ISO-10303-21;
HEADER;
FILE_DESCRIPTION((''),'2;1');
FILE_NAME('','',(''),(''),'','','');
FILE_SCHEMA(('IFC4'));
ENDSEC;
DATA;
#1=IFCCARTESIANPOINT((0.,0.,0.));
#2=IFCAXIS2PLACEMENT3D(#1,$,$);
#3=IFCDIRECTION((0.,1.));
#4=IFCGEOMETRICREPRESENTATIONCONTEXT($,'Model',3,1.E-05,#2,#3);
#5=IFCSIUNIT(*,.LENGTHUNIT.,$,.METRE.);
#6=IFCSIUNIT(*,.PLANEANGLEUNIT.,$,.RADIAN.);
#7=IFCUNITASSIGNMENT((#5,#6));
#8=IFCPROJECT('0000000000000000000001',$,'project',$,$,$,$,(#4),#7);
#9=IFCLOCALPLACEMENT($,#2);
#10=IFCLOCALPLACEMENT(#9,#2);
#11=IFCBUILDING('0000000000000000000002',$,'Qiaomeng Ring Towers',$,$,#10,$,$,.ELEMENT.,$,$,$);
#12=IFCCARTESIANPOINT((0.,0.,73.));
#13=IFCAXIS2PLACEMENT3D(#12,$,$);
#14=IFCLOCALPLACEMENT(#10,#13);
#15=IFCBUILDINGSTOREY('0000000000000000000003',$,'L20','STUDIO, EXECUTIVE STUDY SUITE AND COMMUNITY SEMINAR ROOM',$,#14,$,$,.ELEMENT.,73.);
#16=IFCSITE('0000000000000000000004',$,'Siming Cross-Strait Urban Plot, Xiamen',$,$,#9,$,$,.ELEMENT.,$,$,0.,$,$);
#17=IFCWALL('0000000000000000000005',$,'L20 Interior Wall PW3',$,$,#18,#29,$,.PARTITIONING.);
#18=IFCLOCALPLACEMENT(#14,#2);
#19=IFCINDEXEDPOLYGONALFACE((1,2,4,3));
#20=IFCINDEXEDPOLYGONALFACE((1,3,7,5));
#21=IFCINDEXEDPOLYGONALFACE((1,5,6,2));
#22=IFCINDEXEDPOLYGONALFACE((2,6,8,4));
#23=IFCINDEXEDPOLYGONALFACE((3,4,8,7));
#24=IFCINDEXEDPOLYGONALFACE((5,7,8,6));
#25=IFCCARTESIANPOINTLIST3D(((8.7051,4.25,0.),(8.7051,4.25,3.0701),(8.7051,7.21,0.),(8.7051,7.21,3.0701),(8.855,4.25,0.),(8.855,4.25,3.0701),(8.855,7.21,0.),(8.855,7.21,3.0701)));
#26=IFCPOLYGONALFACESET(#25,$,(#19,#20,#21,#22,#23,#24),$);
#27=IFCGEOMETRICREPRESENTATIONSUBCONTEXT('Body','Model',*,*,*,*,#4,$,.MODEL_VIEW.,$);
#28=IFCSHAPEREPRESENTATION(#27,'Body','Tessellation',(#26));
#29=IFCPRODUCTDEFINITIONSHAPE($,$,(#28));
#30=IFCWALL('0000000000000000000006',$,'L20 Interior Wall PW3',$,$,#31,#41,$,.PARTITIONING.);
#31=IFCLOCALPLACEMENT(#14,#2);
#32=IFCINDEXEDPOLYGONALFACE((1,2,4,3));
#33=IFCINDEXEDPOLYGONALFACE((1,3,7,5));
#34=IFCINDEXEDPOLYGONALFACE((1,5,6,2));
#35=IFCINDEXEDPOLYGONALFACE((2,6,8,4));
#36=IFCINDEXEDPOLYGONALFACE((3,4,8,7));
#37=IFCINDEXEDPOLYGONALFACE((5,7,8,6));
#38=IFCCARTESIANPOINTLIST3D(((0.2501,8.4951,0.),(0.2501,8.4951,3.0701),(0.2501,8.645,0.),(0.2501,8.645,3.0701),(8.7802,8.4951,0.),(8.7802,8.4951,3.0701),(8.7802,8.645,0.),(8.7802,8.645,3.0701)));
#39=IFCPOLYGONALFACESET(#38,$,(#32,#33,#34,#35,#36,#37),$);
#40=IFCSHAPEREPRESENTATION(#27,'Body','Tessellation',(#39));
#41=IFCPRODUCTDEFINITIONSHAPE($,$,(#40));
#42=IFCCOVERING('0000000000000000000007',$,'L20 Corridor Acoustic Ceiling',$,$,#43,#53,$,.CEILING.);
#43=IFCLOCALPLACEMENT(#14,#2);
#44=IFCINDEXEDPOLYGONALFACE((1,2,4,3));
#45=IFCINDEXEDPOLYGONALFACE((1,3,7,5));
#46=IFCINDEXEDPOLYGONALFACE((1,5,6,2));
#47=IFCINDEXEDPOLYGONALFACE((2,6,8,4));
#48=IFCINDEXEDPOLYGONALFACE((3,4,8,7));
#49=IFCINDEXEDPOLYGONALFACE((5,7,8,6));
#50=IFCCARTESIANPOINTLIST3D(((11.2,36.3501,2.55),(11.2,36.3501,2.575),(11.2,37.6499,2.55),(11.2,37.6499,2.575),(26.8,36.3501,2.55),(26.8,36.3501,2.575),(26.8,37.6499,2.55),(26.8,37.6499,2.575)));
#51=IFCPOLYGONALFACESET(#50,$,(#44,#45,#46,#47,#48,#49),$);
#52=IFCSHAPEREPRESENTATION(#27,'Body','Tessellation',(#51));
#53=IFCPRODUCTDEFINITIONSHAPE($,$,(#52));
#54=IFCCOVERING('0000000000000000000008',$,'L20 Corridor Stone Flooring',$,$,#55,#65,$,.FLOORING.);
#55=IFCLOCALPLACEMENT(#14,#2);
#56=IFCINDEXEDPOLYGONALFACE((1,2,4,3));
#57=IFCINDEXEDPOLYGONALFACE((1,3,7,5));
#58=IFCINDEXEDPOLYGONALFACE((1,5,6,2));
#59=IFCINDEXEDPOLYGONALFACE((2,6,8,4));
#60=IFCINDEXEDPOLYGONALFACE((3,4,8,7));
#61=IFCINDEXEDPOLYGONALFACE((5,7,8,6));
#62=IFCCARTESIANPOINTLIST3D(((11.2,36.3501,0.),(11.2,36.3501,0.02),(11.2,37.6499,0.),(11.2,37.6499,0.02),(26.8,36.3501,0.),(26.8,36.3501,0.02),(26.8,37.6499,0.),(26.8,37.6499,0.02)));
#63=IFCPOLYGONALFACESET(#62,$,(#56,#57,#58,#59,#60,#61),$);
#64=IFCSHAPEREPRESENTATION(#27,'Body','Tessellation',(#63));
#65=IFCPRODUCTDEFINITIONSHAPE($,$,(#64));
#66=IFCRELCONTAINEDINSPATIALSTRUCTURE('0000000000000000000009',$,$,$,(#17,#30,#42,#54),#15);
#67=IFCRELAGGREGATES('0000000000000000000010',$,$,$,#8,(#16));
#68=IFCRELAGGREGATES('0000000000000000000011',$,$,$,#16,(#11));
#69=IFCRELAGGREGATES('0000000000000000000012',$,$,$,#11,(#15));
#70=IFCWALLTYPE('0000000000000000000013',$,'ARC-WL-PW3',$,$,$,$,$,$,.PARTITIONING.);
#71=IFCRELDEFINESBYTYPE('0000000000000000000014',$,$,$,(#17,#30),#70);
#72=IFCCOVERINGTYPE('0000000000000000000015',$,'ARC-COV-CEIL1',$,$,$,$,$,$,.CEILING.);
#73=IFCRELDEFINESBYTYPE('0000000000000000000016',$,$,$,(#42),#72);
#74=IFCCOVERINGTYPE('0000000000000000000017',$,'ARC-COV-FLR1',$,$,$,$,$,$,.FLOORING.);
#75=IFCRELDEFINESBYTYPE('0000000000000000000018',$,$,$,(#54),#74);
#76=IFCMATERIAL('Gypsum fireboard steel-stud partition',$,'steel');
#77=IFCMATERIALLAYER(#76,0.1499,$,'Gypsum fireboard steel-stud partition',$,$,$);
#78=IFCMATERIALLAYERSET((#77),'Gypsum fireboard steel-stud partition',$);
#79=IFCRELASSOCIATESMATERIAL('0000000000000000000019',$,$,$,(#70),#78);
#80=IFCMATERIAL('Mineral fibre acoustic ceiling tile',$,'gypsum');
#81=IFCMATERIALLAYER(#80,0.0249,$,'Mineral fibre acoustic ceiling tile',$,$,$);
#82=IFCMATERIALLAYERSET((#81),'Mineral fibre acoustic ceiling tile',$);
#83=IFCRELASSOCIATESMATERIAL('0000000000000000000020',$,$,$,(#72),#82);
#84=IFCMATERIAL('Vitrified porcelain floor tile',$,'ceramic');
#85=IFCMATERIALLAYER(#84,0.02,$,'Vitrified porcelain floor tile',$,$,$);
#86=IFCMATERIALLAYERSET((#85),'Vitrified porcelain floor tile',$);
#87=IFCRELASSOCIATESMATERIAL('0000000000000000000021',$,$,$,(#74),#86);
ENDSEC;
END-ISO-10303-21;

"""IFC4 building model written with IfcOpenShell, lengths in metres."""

from ifc_helpers import new_model, si_unit, direction, frame, frame_2d, origin, place, context, subcontext, project, spatial, polyline, rectangle, outline, extrude, material, layer, layer_set, type_object, element, save


model = new_model("IFC4")

# Units and contexts
model_context = context("Model", 3, precision=1e-05, world=origin(), true_north=direction((0.0, 1.0)))
body_context = subcontext(model_context, "Body", "Model", "MODEL_VIEW")
ifc_project = project(units=[si_unit("LENGTHUNIT", "METRE"), si_unit("PLANEANGLEUNIT", "RADIAN")], contexts=[model_context])

# Site, building, storey
site_placement = place(None, origin())
site = spatial("IfcSite", under=ifc_project, at=site_placement, Name="Siming Cross-Strait Urban Plot, Xiamen", CompositionType="ELEMENT", RefElevation=0.0)
building_placement = place(site_placement, origin())
building = spatial("IfcBuilding", under=site, at=building_placement, Name="Qiaomeng Ring Towers", CompositionType="ELEMENT")
storey_placement = place(building_placement, frame((0.0, 0.0, 73.0)))
storey = spatial("IfcBuildingStorey", under=building, at=storey_placement, Name="L20", Description="STUDIO, EXECUTIVE STUDY SUITE AND COMMUNITY SEMINAR ROOM", CompositionType="ELEMENT", Elevation=73.0)

# Walls
ifc_material_1 = material(Name="Gypsum fireboard steel-stud partition", Category="steel")
ifc_layer_1 = layer(ifc_material_1, 0.1499, Name="Gypsum fireboard steel-stud partition")
ifc_layer_set_1 = layer_set([ifc_layer_1], Name="Gypsum fireboard steel-stud partition")
wall_type_1 = type_object("IfcWallType", Name="ARC-WL-PW3", PredefinedType="PARTITIONING", material=ifc_layer_set_1)
wall_1_placement = place(storey_placement, frame((8.78, 4.25, 0.0), z_axis=(0.0, 0.0, 1.0), x_axis=(0.0, 1.0, 0.0)))
element("IfcWall", 1, at=wall_1_placement, inside=storey, type_object=wall_type_1, Name="L20 Interior Wall PW3", PredefinedType="PARTITIONING", context=body_context, shape_type="SweptSolid", body=[
    extrude(rectangle(XDim=2.96, YDim=0.1499, at=frame_2d((1.48, 0.0))), origin(), (0.0, 0.0, 1.0), 3.0701),
])
wall_2_placement = place(storey_placement, frame((0.25, 8.5701, 0.0), z_axis=(0.0, 0.0, 1.0), x_axis=(1.0, 0.0, 0.0)))
element("IfcWall", 2, at=wall_2_placement, inside=storey, type_object=wall_type_1, Name="L20 Interior Wall PW3", PredefinedType="PARTITIONING", context=body_context, shape_type="SweptSolid", body=[
    extrude(rectangle(XDim=8.53, YDim=0.1499, at=frame_2d((4.2651, 0.0))), origin(), (0.0, 0.0, 1.0), 3.0701),
])

# Coverings
ifc_material_2 = material(Name="Mineral fibre acoustic ceiling tile", Category="gypsum")
ifc_layer_2 = layer(ifc_material_2, 0.0249, Name="Mineral fibre acoustic ceiling tile")
ifc_layer_set_2 = layer_set([ifc_layer_2], Name="Mineral fibre acoustic ceiling tile")
covering_type_1 = type_object("IfcCoveringType", Name="ARC-COV-CEIL1", PredefinedType="CEILING", material=ifc_layer_set_2)
covering_1_placement = place(storey_placement, frame((0.0, 0.0, 2.55)))
element("IfcCovering", 3, at=covering_1_placement, inside=storey, type_object=covering_type_1, Name="L20 Corridor Acoustic Ceiling", PredefinedType="CEILING", context=body_context, shape_type="SweptSolid", body=[
    extrude(outline(polyline([(11.2, 36.3501), (11.2, 37.6499), (26.8, 37.6499), (26.8, 36.3501), (11.2, 36.3501)])), origin(), (0.0, 0.0, 1.0), 0.0249),
])
ifc_material_3 = material(Name="Vitrified porcelain floor tile", Category="ceramic")
ifc_layer_3 = layer(ifc_material_3, 0.02, Name="Vitrified porcelain floor tile")
ifc_layer_set_3 = layer_set([ifc_layer_3], Name="Vitrified porcelain floor tile")
covering_type_2 = type_object("IfcCoveringType", Name="ARC-COV-FLR1", PredefinedType="FLOORING", material=ifc_layer_set_3)
covering_2_placement = place(storey_placement, origin())
element("IfcCovering", 4, at=covering_2_placement, inside=storey, type_object=covering_type_2, Name="L20 Corridor Stone Flooring", PredefinedType="FLOORING", context=body_context, shape_type="SweptSolid", body=[
    extrude(outline(polyline([(11.2, 36.3501), (11.2, 37.6499), (26.8, 37.6499), (26.8, 36.3501), (11.2, 36.3501)])), origin(), (0.0, 0.0, 1.0), 0.02),
])

save(model, "model.ifc")
